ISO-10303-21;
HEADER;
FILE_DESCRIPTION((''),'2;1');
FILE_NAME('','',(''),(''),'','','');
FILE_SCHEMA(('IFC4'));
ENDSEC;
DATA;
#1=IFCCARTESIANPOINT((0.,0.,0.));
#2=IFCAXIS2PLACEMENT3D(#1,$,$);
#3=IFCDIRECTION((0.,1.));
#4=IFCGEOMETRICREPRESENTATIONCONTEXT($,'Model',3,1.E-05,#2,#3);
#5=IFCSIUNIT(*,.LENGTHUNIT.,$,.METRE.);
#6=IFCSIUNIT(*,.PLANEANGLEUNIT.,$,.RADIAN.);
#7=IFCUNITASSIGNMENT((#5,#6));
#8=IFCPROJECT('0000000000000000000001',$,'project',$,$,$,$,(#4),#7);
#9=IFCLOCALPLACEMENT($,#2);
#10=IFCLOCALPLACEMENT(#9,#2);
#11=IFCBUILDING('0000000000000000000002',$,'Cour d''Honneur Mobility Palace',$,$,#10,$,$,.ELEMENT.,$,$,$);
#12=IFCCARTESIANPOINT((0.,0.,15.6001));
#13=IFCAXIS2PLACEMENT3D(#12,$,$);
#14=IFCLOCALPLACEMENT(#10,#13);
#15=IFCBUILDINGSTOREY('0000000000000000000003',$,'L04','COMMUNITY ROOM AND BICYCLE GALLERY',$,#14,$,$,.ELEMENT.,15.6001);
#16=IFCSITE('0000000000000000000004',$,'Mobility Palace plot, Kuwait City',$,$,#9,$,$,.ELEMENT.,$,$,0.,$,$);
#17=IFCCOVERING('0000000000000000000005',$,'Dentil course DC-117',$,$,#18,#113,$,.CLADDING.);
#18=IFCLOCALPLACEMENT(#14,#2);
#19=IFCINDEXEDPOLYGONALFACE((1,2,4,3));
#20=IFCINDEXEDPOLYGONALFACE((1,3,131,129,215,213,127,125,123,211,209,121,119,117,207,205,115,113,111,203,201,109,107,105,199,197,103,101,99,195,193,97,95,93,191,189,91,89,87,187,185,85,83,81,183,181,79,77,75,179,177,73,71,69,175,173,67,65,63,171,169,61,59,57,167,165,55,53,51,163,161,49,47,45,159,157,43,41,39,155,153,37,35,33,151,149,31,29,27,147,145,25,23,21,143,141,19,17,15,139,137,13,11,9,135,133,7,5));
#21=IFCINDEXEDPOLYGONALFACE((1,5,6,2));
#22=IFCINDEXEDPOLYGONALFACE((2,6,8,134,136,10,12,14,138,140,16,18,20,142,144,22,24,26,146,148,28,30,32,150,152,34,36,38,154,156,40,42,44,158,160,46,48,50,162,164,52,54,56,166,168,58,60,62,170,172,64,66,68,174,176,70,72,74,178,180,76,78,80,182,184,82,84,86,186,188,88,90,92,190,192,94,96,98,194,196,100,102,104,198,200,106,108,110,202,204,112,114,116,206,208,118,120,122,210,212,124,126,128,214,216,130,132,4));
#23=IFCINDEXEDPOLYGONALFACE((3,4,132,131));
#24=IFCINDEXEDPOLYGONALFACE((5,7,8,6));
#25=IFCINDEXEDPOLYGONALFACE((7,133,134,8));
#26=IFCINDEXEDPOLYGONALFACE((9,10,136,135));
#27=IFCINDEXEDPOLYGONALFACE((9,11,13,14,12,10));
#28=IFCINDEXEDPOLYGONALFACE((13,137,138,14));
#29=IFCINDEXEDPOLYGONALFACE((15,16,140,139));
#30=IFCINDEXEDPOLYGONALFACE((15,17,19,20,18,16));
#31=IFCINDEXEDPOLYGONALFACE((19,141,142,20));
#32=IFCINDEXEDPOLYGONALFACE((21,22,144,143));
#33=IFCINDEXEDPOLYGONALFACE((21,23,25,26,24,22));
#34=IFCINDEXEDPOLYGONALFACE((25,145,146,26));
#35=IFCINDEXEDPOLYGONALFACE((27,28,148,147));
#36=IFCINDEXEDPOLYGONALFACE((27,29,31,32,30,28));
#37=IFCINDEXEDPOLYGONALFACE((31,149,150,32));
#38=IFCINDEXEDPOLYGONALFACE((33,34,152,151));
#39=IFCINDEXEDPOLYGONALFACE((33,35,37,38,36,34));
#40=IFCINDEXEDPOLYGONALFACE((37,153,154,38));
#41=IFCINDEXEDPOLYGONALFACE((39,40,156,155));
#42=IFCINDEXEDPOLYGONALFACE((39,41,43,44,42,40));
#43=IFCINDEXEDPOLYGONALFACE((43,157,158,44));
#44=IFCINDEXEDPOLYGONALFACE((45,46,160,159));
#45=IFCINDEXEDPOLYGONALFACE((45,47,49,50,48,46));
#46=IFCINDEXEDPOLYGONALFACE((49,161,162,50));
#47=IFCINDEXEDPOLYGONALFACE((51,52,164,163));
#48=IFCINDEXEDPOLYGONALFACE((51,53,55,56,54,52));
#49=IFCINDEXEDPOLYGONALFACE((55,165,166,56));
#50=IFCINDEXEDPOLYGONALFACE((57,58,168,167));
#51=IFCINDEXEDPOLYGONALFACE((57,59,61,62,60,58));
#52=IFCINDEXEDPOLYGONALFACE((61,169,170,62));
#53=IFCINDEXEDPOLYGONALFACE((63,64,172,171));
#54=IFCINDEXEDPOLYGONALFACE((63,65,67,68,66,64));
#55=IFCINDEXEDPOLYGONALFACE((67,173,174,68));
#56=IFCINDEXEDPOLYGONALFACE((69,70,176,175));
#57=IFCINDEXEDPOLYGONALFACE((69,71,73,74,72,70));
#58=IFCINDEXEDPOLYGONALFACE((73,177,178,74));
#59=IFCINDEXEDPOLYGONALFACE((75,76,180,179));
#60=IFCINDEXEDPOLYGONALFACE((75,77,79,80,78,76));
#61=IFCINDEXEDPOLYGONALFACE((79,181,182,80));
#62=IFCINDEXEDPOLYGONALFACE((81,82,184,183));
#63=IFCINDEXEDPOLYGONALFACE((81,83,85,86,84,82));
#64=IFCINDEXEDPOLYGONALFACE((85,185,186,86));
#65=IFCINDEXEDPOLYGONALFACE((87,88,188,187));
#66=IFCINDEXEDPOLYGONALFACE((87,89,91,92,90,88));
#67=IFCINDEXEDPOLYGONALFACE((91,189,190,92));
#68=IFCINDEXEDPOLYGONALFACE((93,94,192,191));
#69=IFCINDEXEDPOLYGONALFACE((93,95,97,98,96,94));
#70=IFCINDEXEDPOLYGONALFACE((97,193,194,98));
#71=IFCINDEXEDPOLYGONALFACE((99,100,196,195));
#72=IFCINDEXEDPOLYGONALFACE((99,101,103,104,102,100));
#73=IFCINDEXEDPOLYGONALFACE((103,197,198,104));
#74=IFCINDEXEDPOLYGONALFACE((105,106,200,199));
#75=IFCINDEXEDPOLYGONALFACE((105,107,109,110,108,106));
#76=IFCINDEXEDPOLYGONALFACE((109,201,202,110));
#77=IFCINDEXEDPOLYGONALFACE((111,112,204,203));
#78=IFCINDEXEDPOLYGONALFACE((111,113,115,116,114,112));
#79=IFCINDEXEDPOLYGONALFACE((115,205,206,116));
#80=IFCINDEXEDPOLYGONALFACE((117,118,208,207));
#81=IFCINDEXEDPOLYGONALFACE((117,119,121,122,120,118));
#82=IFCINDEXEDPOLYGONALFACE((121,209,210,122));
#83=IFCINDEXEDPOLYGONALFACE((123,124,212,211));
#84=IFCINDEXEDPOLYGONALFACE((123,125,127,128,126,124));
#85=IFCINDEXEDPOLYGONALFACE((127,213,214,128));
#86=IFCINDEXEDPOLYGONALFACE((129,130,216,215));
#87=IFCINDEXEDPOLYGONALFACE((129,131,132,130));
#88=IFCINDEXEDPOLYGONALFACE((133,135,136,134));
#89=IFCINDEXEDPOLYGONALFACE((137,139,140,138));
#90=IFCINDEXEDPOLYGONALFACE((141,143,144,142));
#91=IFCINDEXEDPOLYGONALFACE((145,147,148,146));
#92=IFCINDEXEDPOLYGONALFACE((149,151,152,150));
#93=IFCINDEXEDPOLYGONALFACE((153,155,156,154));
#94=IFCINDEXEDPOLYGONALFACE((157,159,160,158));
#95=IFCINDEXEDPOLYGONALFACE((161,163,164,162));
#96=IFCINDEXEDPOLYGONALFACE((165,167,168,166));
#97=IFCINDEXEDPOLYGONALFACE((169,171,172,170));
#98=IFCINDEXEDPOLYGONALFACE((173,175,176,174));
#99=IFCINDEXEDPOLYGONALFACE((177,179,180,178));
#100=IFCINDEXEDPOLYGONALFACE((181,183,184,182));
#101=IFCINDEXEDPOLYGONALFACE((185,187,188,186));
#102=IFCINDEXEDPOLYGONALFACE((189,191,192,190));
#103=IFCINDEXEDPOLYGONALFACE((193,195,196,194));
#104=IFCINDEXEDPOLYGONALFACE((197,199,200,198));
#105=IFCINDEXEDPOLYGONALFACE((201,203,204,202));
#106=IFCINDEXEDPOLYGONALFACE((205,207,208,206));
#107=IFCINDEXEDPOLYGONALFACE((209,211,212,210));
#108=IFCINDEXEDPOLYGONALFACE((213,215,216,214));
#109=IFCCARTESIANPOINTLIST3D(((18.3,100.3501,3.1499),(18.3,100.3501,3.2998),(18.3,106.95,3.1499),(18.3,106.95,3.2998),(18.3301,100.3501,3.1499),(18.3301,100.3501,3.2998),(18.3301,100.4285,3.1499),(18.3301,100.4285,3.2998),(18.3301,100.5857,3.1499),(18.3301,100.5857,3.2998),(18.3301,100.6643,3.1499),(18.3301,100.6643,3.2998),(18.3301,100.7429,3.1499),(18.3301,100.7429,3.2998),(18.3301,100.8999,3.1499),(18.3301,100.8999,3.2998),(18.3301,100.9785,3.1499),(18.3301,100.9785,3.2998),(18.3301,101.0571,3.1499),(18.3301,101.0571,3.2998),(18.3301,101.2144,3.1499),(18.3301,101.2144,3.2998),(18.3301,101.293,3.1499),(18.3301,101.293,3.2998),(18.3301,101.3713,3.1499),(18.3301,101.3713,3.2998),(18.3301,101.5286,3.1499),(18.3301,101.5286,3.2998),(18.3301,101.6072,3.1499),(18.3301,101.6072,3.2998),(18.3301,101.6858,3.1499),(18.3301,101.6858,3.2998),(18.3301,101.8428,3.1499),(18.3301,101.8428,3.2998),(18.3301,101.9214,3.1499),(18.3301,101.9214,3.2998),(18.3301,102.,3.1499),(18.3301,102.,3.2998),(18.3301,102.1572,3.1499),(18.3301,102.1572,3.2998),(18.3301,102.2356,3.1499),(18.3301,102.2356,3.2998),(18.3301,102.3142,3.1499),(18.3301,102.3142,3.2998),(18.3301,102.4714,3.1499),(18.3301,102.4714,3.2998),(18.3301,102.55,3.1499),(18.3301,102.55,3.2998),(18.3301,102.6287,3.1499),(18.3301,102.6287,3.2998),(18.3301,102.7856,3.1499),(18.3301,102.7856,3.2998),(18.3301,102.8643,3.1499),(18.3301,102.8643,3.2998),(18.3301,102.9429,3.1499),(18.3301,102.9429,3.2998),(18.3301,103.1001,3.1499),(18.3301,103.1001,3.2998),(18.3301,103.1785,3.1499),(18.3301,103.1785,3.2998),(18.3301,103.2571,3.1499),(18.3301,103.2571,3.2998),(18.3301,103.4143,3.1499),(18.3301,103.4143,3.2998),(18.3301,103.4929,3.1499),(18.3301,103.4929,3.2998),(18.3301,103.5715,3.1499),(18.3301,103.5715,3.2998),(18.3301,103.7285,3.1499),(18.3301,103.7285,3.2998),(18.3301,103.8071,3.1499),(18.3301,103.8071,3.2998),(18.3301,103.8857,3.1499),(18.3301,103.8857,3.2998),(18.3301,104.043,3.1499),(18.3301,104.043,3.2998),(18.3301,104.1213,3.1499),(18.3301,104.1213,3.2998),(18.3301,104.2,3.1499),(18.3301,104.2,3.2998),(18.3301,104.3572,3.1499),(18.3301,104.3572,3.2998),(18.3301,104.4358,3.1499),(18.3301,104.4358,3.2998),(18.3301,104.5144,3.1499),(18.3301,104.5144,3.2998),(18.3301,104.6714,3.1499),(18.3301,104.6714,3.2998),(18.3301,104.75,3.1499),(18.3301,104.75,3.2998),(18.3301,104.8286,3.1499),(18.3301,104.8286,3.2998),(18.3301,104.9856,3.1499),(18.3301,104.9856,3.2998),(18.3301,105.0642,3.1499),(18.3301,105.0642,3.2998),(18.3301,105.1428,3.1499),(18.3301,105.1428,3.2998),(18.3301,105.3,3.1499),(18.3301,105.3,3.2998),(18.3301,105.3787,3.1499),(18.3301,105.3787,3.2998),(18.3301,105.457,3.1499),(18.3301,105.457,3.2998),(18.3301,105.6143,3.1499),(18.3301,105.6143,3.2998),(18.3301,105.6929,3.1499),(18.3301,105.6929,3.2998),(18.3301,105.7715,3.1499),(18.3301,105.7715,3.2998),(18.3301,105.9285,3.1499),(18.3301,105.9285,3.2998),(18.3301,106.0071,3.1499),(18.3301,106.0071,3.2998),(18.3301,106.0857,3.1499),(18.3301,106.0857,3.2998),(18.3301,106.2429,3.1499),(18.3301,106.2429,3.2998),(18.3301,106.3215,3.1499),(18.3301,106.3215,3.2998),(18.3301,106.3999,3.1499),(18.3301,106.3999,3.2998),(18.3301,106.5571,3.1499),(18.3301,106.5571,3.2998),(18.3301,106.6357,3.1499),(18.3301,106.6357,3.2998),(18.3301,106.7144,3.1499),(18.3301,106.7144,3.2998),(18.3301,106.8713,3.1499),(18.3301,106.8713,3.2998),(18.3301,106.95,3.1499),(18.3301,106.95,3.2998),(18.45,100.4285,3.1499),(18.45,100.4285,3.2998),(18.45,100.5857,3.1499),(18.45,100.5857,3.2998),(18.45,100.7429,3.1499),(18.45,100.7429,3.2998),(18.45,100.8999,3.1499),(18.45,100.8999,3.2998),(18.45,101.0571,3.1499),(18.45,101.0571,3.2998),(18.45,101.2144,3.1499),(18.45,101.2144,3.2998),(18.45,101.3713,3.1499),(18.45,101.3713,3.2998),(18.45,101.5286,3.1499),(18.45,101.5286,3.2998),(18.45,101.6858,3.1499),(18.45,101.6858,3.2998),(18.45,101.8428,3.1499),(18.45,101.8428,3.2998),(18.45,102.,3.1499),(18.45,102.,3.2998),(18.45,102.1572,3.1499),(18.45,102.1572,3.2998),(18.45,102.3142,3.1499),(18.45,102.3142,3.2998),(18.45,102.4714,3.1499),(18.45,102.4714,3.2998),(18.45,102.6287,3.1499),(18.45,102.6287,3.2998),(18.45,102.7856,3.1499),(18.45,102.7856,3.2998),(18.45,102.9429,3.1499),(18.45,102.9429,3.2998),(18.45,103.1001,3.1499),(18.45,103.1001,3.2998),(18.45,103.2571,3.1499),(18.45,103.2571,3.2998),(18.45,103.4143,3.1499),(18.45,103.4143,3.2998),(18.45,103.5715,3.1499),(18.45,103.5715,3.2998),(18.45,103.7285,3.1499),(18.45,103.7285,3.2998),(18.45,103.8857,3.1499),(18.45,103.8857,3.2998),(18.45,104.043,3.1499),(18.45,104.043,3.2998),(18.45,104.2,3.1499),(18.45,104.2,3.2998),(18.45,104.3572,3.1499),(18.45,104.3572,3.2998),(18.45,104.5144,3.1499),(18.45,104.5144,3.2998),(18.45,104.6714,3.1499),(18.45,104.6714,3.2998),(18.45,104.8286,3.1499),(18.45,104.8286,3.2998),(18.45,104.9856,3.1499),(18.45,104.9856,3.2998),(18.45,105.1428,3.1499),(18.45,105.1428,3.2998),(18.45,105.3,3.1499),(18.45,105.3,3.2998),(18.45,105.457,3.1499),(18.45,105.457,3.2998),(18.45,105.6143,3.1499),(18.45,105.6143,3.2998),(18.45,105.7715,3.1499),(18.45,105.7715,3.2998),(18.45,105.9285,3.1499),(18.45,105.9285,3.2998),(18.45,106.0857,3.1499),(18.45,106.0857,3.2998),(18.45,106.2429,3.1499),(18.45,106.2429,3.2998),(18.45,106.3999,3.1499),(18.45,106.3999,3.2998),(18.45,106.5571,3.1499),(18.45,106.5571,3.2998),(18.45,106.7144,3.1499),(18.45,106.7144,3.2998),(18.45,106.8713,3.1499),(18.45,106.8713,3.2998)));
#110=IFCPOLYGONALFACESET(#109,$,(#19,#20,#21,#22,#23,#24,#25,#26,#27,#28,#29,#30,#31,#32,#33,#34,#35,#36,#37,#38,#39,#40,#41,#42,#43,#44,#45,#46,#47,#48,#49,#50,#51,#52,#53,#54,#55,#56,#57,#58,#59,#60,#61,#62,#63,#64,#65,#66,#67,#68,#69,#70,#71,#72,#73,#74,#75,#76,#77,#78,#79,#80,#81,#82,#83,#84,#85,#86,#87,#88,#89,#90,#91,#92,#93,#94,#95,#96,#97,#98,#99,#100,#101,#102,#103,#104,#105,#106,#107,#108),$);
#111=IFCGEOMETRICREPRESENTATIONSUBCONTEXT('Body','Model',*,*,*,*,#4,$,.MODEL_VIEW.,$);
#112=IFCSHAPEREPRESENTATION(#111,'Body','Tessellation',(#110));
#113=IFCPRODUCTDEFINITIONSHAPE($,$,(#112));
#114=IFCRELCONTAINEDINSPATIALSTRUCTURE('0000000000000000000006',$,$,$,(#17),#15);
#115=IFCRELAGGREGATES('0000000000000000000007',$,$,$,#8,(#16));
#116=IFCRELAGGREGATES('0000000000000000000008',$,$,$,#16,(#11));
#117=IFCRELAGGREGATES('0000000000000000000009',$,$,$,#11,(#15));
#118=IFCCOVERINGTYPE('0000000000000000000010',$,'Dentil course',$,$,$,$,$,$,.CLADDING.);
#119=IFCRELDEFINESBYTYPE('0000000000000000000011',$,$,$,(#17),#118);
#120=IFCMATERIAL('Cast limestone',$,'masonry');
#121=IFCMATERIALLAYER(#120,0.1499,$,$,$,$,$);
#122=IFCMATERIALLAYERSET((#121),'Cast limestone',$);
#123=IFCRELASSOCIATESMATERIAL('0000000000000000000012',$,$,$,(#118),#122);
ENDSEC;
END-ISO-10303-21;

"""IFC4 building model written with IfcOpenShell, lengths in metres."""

from ifc_helpers import new_model, si_unit, direction, frame, origin, place, context, subcontext, project, spatial, polyline, outline, extrude, material, layer, layer_set, type_object, element, save


model = new_model("IFC4")

# Units and contexts
model_context = context("Model", 3, precision=1e-05, world=origin(), true_north=direction((0.0, 1.0)))
body_context = subcontext(model_context, "Body", "Model", "MODEL_VIEW")
ifc_project = project(units=[si_unit("LENGTHUNIT", "METRE"), si_unit("PLANEANGLEUNIT", "RADIAN")], contexts=[model_context])

# Site, building, storey
site_placement = place(None, origin())
site = spatial("IfcSite", under=ifc_project, at=site_placement, Name="Mobility Palace plot, Kuwait City", CompositionType="ELEMENT", RefElevation=0.0)
building_placement = place(site_placement, origin())
building = spatial("IfcBuilding", under=site, at=building_placement, Name="Cour d'Honneur Mobility Palace", CompositionType="ELEMENT")
storey_placement = place(building_placement, frame((0.0, 0.0, 15.6001)))
storey = spatial("IfcBuildingStorey", under=building, at=storey_placement, Name="L04", Description="COMMUNITY ROOM AND BICYCLE GALLERY", CompositionType="ELEMENT", Elevation=15.6001)

# Covering
ifc_material = material(Name="Cast limestone", Category="masonry")
ifc_layer = layer(ifc_material, 0.1499)
ifc_layer_set = layer_set([ifc_layer], Name="Cast limestone")
covering_type = type_object("IfcCoveringType", Name="Dentil course", PredefinedType="CLADDING", material=ifc_layer_set)
covering_1_placement = place(storey_placement, frame((0.0, 0.0, 3.1499)))
element("IfcCovering", 1, at=covering_1_placement, inside=storey, type_object=covering_type, Name="Dentil course DC-117", PredefinedType="CLADDING", context=body_context, shape_type="SweptSolid", body=[
    extrude(outline(polyline([(18.3, 100.3501), (18.3, 106.95), (18.3301, 106.95), (18.3301, 106.95), (18.3301, 106.8713), (18.45, 106.8713), (18.45, 106.7144), (18.3301, 106.7144), (18.3301, 106.6357), (18.3301, 106.6357), (18.3301, 106.5571), (18.45, 106.5571), (18.45, 106.3999), (18.3301, 106.3999), (18.3301, 106.3215), (18.3301, 106.3215), (18.3301, 106.2429), (18.45, 106.2429), (18.45, 106.0857), (18.3301, 106.0857), (18.3301, 106.0071), (18.3301, 106.0071), (18.3301, 105.9285), (18.45, 105.9285), (18.45, 105.7715), (18.3301, 105.7715), (18.3301, 105.6929), (18.3301, 105.6929), (18.3301, 105.6143), (18.45, 105.6143), (18.45, 105.457), (18.3301, 105.457), (18.3301, 105.3787), (18.3301, 105.3787), (18.3301, 105.3), (18.45, 105.3), (18.45, 105.1428), (18.3301, 105.1428), (18.3301, 105.0642), (18.3301, 105.0642), (18.3301, 104.9856), (18.45, 104.9856), (18.45, 104.8286), (18.3301, 104.8286), (18.3301, 104.75), (18.3301, 104.75), (18.3301, 104.6714), (18.45, 104.6714), (18.45, 104.5144), (18.3301, 104.5144), (18.3301, 104.4358), (18.3301, 104.4358), (18.3301, 104.3572), (18.45, 104.3572), (18.45, 104.2), (18.3301, 104.2), (18.3301, 104.1213), (18.3301, 104.1213), (18.3301, 104.043), (18.45, 104.043), (18.45, 103.8857), (18.3301, 103.8857), (18.3301, 103.8071), (18.3301, 103.8071), (18.3301, 103.7285), (18.45, 103.7285), (18.45, 103.5715), (18.3301, 103.5715), (18.3301, 103.4929), (18.3301, 103.4929), (18.3301, 103.4143), (18.45, 103.4143), (18.45, 103.2571), (18.3301, 103.2571), (18.3301, 103.1785), (18.3301, 103.1785), (18.3301, 103.1001), (18.45, 103.1001), (18.45, 102.9429), (18.3301, 102.9429), (18.3301, 102.8643), (18.3301, 102.8643), (18.3301, 102.7856), (18.45, 102.7856), (18.45, 102.6287), (18.3301, 102.6287), (18.3301, 102.55), (18.3301, 102.55), (18.3301, 102.4714), (18.45, 102.4714), (18.45, 102.3142), (18.3301, 102.3142), (18.3301, 102.2356), (18.3301, 102.2356), (18.3301, 102.1572), (18.45, 102.1572), (18.45, 102.0), (18.3301, 102.0), (18.3301, 101.9214), (18.3301, 101.9214), (18.3301, 101.8428), (18.45, 101.8428), (18.45, 101.6858), (18.3301, 101.6858), (18.3301, 101.6072), (18.3301, 101.6072), (18.3301, 101.5286), (18.45, 101.5286), (18.45, 101.3713), (18.3301, 101.3713), (18.3301, 101.293), (18.3301, 101.293), (18.3301, 101.2144), (18.45, 101.2144), (18.45, 101.0571), (18.3301, 101.0571), (18.3301, 100.9785), (18.3301, 100.9785), (18.3301, 100.8999), (18.45, 100.8999), (18.45, 100.7429), (18.3301, 100.7429), (18.3301, 100.6643), (18.3301, 100.6643), (18.3301, 100.5857), (18.45, 100.5857), (18.45, 100.4285), (18.3301, 100.4285), (18.3301, 100.3501), (18.3, 100.3501)])), origin(), (0.0, 0.0, 1.0), 0.1499),
])

save(model, "model.ifc")
